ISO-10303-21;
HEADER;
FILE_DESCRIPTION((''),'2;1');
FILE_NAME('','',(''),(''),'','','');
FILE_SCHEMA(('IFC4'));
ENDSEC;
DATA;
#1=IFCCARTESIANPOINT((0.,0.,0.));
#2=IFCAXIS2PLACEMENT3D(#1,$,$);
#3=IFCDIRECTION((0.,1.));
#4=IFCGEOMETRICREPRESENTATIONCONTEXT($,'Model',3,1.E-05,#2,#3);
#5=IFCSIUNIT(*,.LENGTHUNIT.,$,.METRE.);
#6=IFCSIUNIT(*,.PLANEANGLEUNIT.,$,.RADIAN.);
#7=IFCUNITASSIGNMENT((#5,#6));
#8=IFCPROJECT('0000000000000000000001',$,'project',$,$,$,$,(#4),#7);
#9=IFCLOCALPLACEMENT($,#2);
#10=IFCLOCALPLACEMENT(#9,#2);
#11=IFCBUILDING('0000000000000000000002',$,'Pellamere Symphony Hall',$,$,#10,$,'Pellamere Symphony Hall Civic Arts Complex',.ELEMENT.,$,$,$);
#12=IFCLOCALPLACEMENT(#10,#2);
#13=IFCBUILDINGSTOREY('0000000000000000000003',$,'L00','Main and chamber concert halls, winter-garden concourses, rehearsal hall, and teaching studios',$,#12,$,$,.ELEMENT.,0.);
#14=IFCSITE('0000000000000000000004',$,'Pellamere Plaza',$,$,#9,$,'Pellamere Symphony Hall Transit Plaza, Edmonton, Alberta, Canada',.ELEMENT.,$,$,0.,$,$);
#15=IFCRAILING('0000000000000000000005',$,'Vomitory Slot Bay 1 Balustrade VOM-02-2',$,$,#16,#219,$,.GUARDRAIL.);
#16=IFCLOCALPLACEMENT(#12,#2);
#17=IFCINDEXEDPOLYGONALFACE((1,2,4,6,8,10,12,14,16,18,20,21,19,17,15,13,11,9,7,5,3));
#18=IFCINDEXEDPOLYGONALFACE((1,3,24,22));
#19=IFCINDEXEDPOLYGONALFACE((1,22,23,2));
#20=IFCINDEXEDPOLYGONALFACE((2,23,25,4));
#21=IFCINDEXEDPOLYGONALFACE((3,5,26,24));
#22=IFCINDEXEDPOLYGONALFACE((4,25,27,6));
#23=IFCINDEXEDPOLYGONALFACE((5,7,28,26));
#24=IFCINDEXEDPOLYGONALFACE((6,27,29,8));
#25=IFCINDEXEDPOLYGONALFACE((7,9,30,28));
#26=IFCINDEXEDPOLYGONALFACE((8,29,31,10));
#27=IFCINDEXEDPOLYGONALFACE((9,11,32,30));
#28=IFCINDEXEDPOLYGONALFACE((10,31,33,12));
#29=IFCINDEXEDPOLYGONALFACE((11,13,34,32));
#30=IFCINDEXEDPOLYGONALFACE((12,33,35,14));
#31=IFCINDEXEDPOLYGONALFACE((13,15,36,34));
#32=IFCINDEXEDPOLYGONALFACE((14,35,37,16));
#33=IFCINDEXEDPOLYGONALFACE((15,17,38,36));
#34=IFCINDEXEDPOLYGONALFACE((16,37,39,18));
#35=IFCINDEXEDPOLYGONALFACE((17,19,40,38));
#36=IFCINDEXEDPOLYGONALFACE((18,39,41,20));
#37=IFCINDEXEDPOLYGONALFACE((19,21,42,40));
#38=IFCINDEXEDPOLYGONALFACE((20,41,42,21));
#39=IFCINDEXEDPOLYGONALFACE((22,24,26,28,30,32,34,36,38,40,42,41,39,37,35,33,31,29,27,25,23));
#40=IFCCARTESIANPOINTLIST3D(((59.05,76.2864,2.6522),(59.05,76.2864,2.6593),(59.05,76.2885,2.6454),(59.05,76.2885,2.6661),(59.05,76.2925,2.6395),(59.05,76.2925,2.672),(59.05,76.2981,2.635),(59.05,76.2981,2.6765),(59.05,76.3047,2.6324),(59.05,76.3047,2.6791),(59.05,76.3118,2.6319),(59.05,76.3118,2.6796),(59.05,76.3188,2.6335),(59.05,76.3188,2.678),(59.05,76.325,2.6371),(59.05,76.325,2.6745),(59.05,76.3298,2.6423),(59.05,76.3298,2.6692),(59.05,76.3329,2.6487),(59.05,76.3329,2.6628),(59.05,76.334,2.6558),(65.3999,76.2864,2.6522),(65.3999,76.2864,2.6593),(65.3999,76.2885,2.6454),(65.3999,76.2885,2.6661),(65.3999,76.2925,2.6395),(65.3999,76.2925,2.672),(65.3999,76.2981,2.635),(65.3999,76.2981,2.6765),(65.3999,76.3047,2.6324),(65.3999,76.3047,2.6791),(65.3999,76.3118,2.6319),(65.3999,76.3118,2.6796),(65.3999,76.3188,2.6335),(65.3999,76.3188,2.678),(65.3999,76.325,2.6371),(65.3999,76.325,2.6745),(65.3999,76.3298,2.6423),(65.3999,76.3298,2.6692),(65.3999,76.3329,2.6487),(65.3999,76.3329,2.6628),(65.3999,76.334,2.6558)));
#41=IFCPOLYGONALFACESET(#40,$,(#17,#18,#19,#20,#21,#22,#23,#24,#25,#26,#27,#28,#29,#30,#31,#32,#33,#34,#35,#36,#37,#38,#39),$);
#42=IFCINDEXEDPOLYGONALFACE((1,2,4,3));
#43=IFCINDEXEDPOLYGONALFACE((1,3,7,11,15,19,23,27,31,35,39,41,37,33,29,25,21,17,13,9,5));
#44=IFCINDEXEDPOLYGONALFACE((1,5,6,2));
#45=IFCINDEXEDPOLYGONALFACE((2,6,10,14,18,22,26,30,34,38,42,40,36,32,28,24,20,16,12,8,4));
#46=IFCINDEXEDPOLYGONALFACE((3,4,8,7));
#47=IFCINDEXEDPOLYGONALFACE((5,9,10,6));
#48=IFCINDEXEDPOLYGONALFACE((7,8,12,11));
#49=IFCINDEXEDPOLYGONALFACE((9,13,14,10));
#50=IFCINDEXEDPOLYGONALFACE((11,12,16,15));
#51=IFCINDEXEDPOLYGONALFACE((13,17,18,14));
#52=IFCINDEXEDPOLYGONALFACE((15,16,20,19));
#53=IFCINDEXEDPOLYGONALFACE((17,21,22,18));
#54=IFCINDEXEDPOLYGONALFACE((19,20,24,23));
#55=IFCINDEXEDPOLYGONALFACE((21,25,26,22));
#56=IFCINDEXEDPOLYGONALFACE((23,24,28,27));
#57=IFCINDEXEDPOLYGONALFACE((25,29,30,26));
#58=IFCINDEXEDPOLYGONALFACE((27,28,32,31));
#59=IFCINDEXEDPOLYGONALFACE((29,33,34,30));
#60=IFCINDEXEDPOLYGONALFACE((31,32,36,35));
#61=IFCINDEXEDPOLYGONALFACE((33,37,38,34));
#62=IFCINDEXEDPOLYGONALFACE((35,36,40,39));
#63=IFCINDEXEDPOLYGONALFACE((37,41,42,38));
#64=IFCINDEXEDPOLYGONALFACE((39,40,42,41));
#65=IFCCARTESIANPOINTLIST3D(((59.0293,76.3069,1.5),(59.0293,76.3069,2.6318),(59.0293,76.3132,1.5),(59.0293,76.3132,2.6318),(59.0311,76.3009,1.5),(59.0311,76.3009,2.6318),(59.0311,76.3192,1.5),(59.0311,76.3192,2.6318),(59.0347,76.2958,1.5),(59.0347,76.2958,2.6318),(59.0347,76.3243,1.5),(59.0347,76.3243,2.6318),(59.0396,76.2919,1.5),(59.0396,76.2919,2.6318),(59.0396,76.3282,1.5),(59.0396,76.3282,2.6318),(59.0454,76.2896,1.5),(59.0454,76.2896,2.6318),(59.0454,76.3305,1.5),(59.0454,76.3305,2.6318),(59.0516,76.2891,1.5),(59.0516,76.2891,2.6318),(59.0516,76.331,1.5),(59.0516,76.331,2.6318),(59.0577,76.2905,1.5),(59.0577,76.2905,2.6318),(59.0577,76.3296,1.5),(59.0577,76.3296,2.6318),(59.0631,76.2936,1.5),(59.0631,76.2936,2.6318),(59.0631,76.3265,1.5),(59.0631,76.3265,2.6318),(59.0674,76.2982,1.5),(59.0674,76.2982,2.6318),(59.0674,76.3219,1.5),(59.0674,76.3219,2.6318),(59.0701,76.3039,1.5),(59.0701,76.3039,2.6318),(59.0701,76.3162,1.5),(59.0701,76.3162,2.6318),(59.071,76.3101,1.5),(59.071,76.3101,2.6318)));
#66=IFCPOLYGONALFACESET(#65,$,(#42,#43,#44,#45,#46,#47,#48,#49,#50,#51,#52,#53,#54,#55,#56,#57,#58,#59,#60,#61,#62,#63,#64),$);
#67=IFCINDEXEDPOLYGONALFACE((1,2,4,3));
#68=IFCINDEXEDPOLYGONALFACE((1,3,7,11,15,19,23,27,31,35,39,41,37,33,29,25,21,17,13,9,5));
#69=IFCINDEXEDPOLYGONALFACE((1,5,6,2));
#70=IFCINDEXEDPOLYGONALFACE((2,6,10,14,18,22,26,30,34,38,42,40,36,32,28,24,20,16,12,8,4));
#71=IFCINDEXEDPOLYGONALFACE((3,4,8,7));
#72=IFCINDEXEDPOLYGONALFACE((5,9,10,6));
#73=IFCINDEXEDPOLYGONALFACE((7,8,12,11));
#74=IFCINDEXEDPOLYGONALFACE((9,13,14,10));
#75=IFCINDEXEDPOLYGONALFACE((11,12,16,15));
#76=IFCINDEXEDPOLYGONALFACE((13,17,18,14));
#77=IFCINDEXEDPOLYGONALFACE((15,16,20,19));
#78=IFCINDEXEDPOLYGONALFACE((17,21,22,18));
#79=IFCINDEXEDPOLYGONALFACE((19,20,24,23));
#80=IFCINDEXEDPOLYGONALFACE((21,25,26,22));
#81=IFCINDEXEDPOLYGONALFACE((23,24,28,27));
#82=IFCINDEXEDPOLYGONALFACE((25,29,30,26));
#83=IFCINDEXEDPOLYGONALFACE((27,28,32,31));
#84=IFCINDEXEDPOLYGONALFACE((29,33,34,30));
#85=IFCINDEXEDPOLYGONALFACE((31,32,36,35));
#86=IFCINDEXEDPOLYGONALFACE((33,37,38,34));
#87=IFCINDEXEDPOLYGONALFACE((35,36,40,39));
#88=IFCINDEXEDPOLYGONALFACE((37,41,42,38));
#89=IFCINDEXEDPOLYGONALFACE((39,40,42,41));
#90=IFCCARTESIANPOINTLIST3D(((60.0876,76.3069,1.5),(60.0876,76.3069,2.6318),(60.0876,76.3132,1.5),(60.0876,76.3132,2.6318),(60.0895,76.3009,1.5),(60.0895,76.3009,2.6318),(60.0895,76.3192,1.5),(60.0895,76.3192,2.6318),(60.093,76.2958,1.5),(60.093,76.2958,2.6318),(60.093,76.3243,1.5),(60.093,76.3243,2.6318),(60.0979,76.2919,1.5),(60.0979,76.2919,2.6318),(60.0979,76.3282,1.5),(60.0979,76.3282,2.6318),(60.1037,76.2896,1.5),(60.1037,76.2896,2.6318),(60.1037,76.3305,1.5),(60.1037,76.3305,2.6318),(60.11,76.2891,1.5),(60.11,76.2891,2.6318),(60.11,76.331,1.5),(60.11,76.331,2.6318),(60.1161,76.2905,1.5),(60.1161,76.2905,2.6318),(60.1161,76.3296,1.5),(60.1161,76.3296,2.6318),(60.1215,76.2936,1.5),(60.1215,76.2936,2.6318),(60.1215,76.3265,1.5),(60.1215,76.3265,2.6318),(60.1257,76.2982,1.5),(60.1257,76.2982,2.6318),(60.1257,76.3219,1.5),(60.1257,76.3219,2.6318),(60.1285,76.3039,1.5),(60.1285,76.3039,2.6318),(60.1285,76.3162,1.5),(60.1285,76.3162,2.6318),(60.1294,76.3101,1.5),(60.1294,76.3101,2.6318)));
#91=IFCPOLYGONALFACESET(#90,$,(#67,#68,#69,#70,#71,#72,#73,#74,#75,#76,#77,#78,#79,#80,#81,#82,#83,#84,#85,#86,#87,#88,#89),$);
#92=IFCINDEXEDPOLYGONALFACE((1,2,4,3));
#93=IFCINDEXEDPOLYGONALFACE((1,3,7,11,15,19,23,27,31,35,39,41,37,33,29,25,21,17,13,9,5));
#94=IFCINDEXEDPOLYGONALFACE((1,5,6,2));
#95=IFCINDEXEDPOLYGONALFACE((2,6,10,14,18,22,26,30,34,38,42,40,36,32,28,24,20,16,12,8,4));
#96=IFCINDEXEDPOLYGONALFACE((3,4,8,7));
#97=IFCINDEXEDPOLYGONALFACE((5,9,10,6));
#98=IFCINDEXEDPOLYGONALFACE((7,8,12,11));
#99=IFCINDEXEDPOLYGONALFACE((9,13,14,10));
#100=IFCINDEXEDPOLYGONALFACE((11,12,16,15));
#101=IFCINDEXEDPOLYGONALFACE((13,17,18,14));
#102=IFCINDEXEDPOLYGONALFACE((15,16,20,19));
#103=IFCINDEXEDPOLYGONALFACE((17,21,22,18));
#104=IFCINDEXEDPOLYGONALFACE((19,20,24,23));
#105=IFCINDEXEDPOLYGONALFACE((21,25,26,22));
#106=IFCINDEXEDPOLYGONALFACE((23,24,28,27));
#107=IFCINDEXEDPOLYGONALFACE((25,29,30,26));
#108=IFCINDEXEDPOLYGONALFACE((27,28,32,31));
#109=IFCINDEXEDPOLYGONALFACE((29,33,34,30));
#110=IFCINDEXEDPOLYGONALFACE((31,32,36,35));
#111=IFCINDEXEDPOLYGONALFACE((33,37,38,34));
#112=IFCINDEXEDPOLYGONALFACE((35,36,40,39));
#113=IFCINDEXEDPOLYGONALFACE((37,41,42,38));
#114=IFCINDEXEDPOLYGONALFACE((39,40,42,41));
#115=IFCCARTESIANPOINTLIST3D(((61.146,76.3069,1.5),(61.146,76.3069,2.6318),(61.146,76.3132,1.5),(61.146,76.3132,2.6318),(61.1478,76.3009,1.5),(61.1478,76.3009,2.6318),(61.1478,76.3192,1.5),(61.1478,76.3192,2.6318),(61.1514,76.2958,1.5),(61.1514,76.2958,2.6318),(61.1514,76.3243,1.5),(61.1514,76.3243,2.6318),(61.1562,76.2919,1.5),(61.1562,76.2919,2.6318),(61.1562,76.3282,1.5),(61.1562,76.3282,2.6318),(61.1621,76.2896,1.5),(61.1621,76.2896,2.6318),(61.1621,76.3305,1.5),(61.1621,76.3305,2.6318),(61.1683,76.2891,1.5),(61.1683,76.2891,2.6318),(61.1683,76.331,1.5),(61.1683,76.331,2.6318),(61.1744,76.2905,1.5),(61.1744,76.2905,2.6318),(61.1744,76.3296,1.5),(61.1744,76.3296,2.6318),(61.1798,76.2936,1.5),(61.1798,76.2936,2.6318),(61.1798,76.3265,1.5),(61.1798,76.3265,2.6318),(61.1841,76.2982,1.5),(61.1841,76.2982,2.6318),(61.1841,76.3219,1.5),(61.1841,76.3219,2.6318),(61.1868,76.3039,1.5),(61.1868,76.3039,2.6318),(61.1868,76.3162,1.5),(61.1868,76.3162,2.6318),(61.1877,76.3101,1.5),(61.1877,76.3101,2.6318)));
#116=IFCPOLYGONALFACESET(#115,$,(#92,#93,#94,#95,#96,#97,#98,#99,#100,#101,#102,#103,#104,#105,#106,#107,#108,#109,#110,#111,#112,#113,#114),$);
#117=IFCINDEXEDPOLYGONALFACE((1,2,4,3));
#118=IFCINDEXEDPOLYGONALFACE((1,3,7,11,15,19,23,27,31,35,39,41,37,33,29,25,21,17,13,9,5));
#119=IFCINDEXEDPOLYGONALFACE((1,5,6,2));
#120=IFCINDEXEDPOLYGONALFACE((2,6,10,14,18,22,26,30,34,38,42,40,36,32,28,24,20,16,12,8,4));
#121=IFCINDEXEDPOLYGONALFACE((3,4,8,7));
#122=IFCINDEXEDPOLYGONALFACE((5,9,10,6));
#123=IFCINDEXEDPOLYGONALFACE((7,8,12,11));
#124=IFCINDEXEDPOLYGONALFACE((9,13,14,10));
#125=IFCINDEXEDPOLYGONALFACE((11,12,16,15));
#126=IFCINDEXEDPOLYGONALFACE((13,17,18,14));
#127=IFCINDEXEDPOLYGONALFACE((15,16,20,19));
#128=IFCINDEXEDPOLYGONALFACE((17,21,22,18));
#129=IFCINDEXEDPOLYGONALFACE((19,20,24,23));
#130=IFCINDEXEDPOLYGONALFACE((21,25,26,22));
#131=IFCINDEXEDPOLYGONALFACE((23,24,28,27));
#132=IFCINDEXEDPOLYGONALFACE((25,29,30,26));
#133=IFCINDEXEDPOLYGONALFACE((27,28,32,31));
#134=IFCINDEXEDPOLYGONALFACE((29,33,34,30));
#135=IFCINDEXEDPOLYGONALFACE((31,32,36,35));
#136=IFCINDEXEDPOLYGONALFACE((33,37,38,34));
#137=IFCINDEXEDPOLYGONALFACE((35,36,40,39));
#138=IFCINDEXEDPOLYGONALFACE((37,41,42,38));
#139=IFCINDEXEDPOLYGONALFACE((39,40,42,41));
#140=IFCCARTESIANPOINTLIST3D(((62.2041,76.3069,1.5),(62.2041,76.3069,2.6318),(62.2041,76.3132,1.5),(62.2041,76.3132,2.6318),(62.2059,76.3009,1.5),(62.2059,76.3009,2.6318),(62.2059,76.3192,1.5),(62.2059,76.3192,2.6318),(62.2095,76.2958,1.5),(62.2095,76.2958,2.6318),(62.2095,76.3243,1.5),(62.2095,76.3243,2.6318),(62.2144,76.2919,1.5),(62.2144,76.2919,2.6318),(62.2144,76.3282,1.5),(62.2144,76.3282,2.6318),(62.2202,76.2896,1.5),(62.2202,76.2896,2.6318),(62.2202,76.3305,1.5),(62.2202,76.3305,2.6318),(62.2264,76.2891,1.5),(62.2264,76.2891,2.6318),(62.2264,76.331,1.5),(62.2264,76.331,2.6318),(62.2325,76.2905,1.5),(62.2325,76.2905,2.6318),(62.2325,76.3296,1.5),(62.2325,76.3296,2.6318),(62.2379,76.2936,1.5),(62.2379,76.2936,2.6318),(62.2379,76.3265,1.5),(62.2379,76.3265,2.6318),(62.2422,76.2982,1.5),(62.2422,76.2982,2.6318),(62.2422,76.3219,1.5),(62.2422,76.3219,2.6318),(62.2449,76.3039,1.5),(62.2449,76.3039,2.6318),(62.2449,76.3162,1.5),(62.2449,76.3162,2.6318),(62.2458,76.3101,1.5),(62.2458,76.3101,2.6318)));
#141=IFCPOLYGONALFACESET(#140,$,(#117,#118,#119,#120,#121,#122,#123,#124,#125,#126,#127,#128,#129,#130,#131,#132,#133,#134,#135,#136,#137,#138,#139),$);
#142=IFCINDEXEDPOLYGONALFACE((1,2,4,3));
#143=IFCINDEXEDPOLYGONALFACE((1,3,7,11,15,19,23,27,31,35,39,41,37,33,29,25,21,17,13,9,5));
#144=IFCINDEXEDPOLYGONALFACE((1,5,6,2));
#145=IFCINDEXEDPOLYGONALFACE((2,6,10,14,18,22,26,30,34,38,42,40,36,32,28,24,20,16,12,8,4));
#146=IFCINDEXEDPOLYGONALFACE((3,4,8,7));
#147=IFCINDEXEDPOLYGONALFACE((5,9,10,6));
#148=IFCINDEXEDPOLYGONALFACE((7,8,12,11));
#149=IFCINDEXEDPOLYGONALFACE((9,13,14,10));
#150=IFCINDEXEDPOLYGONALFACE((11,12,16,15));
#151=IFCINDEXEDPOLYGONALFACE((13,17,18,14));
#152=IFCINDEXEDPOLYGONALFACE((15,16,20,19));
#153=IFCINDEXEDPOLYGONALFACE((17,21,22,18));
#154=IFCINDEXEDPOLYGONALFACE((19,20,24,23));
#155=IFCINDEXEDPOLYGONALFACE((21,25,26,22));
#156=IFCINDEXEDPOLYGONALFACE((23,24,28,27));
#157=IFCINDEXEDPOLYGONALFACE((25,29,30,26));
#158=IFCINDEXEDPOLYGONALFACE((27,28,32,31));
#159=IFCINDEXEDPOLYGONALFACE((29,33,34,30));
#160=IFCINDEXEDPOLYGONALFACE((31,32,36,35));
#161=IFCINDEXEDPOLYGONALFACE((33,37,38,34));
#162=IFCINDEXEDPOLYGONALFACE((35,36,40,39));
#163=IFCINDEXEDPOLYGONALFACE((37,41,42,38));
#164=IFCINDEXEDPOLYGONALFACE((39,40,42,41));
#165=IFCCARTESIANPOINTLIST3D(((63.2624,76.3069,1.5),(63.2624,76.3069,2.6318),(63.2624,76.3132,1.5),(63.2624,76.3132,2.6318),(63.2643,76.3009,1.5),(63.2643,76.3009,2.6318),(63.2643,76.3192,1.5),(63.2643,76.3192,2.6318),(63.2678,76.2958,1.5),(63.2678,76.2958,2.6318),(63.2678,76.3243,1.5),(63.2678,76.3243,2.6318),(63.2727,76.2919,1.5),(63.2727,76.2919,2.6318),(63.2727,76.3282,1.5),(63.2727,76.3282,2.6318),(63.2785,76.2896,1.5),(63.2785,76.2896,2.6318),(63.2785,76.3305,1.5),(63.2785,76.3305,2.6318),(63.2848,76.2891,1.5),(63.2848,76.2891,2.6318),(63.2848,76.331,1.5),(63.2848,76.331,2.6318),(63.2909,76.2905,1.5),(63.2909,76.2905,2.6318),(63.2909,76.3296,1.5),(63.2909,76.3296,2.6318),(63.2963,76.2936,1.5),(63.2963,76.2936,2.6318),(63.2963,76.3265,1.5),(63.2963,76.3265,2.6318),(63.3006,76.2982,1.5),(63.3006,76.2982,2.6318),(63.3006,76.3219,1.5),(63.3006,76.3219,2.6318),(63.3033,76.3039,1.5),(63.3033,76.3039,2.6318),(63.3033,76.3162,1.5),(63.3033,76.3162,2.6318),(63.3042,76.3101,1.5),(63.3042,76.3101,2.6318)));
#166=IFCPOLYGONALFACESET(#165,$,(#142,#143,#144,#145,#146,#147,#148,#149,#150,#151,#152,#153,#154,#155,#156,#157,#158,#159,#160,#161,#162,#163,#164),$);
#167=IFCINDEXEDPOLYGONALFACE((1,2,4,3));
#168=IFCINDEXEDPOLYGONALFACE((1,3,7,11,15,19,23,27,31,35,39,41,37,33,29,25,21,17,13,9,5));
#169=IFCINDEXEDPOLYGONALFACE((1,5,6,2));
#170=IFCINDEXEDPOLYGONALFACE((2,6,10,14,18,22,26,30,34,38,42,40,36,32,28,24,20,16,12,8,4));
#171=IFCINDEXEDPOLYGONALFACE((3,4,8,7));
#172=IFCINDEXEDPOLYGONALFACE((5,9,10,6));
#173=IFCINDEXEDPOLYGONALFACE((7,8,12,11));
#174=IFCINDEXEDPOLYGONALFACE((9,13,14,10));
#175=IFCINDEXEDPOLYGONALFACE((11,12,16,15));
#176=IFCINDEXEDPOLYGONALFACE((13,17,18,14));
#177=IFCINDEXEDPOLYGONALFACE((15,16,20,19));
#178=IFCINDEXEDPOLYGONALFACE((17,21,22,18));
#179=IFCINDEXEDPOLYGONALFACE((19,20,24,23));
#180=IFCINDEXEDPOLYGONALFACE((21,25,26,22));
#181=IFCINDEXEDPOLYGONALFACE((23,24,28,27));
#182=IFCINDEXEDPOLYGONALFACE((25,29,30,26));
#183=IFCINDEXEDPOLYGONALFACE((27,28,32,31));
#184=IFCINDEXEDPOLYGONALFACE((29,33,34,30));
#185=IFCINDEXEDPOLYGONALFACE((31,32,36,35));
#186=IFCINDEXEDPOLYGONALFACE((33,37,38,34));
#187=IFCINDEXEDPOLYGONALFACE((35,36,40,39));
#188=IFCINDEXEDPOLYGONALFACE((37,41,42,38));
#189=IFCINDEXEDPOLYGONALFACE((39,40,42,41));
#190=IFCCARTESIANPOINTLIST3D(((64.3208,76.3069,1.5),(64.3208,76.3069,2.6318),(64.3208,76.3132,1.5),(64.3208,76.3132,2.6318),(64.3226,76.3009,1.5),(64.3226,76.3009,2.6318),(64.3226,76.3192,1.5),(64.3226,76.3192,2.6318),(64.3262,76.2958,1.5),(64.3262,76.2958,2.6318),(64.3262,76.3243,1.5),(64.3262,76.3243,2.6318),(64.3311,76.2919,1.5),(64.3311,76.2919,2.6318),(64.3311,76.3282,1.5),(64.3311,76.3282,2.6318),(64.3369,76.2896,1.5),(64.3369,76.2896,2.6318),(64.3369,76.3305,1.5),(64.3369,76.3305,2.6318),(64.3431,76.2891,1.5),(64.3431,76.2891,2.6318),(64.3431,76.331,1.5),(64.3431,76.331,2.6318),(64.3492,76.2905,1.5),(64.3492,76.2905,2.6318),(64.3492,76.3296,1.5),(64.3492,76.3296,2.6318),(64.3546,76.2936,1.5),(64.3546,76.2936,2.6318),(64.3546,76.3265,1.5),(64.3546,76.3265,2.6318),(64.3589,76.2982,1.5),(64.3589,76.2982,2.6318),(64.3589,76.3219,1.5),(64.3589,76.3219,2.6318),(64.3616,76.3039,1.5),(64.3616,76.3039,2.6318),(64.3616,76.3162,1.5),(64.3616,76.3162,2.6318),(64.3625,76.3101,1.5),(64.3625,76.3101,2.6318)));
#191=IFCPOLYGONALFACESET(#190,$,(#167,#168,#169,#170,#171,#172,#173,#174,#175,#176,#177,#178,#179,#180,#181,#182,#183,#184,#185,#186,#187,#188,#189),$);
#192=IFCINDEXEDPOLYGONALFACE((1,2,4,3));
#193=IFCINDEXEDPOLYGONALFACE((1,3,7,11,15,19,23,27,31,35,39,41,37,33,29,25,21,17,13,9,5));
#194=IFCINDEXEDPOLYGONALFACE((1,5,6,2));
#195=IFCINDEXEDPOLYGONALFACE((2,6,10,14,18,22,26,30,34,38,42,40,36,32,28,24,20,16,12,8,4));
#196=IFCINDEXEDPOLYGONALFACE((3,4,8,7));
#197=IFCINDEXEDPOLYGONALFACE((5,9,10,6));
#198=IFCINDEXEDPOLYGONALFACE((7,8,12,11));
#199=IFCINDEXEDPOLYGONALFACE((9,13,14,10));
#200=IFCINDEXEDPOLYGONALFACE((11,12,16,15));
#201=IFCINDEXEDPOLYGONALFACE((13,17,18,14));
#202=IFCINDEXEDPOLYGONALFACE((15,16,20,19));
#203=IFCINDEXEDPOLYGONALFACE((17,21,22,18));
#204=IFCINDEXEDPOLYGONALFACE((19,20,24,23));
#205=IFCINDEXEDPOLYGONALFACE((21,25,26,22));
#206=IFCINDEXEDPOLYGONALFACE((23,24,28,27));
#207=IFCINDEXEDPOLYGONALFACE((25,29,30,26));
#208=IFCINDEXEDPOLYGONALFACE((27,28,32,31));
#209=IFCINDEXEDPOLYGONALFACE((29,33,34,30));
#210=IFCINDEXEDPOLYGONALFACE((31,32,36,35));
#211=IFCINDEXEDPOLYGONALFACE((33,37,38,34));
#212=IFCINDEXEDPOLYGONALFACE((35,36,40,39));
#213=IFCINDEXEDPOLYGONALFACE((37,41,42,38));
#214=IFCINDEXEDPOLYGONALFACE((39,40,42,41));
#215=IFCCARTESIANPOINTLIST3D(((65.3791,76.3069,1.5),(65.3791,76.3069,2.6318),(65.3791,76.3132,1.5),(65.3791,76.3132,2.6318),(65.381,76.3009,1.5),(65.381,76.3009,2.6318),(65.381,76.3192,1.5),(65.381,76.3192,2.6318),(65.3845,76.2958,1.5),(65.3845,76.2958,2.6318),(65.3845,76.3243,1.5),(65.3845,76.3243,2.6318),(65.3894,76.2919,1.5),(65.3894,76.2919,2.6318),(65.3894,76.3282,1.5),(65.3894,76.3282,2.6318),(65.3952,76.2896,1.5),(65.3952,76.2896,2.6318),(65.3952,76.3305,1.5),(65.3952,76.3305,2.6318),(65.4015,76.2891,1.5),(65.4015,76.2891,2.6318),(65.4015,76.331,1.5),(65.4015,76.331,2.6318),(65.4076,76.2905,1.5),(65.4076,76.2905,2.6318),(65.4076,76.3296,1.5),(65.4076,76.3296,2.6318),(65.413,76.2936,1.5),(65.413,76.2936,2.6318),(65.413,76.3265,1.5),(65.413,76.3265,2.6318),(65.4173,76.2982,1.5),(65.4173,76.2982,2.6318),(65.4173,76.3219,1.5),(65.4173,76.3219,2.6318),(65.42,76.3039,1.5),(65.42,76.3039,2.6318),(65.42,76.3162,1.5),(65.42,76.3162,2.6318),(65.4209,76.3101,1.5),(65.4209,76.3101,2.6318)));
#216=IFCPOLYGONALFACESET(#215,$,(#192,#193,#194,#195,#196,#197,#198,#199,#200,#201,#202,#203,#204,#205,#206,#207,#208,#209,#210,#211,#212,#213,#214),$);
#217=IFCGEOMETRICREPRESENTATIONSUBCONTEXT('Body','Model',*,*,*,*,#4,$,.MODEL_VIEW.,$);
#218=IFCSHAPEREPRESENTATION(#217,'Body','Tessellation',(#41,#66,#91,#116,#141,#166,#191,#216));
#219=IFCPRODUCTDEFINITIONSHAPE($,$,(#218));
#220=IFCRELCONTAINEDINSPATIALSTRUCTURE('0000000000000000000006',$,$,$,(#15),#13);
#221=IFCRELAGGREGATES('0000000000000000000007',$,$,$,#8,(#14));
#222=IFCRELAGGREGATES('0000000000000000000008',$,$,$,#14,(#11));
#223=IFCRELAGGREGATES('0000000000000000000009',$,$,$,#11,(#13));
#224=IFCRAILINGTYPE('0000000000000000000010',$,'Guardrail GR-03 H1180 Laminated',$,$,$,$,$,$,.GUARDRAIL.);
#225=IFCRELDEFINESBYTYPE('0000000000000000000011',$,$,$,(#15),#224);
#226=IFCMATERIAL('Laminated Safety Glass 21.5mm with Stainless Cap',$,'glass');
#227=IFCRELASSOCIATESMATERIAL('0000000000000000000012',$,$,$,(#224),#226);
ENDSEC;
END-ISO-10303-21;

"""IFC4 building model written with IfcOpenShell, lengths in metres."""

from ifc_helpers import new_model, si_unit, direction, frame, origin, origin_2d, place, context, subcontext, project, spatial, circle, extrude, material, type_object, element, save


model = new_model("IFC4")

# Units and contexts
model_context = context("Model", 3, precision=1e-05, world=origin(), true_north=direction((0.0, 1.0)))
body_context = subcontext(model_context, "Body", "Model", "MODEL_VIEW")
ifc_project = project(units=[si_unit("LENGTHUNIT", "METRE"), si_unit("PLANEANGLEUNIT", "RADIAN")], contexts=[model_context])

# Site, building, storey
site_placement = place(None, origin())
site = spatial("IfcSite", under=ifc_project, at=site_placement, Name="Pellamere Plaza", LongName="Pellamere Symphony Hall Transit Plaza, Edmonton, Alberta, Canada", CompositionType="ELEMENT", RefElevation=0.0)
building_placement = place(site_placement, origin())
building = spatial("IfcBuilding", under=site, at=building_placement, Name="Pellamere Symphony Hall", LongName="Pellamere Symphony Hall Civic Arts Complex", CompositionType="ELEMENT")
storey_placement = place(building_placement, origin())
storey = spatial("IfcBuildingStorey", under=building, at=storey_placement, Name="L00", Description="Main and chamber concert halls, winter-garden concourses, rehearsal hall, and teaching studios", CompositionType="ELEMENT", Elevation=0.0)

# Railing
ifc_material_1 = material(Name="Laminated Safety Glass 21.5mm with Stainless Cap", Category="glass")
railing_type_1 = type_object("IfcRailingType", Name="Guardrail GR-03 H1180 Laminated", PredefinedType="GUARDRAIL", material=ifc_material_1)
railing_1_placement = place(storey_placement, frame((59.05, 76.3101, 1.5)))
element("IfcRailing", 1, at=railing_1_placement, inside=storey, type_object=railing_type_1, Name="Vomitory Slot Bay 1 Balustrade VOM-02-2", PredefinedType="GUARDRAIL", context=body_context, shape_type="SweptSolid", body=[
    extrude(circle(Radius=0.0239, at=origin_2d()), frame((0.0, 0.0, 1.1558), z_axis=(1.0, 0.0, 0.0), x_axis=(0.0, 1.0, 0.0)), (0.0, 0.0, 1.0), 6.3499),
    extrude(circle(Radius=0.021, at=origin_2d()), origin(), (0.0, 0.0, 1.0), 1.1318),
    extrude(circle(Radius=0.021, at=origin_2d()), frame((1.0583, 0.0, 0.0)), (0.0, 0.0, 1.0), 1.1318),
    extrude(circle(Radius=0.021, at=origin_2d()), frame((2.1167, 0.0, 0.0)), (0.0, 0.0, 1.0), 1.1318),
    extrude(circle(Radius=0.021, at=origin_2d()), frame((3.1748, 0.0, 0.0)), (0.0, 0.0, 1.0), 1.1318),
    extrude(circle(Radius=0.021, at=origin_2d()), frame((4.2332, 0.0, 0.0)), (0.0, 0.0, 1.0), 1.1318),
    extrude(circle(Radius=0.021, at=origin_2d()), frame((5.2915, 0.0, 0.0)), (0.0, 0.0, 1.0), 1.1318),
    extrude(circle(Radius=0.021, at=origin_2d()), frame((6.3499, 0.0, 0.0)), (0.0, 0.0, 1.0), 1.1318),
])

save(model, "model.ifc")
